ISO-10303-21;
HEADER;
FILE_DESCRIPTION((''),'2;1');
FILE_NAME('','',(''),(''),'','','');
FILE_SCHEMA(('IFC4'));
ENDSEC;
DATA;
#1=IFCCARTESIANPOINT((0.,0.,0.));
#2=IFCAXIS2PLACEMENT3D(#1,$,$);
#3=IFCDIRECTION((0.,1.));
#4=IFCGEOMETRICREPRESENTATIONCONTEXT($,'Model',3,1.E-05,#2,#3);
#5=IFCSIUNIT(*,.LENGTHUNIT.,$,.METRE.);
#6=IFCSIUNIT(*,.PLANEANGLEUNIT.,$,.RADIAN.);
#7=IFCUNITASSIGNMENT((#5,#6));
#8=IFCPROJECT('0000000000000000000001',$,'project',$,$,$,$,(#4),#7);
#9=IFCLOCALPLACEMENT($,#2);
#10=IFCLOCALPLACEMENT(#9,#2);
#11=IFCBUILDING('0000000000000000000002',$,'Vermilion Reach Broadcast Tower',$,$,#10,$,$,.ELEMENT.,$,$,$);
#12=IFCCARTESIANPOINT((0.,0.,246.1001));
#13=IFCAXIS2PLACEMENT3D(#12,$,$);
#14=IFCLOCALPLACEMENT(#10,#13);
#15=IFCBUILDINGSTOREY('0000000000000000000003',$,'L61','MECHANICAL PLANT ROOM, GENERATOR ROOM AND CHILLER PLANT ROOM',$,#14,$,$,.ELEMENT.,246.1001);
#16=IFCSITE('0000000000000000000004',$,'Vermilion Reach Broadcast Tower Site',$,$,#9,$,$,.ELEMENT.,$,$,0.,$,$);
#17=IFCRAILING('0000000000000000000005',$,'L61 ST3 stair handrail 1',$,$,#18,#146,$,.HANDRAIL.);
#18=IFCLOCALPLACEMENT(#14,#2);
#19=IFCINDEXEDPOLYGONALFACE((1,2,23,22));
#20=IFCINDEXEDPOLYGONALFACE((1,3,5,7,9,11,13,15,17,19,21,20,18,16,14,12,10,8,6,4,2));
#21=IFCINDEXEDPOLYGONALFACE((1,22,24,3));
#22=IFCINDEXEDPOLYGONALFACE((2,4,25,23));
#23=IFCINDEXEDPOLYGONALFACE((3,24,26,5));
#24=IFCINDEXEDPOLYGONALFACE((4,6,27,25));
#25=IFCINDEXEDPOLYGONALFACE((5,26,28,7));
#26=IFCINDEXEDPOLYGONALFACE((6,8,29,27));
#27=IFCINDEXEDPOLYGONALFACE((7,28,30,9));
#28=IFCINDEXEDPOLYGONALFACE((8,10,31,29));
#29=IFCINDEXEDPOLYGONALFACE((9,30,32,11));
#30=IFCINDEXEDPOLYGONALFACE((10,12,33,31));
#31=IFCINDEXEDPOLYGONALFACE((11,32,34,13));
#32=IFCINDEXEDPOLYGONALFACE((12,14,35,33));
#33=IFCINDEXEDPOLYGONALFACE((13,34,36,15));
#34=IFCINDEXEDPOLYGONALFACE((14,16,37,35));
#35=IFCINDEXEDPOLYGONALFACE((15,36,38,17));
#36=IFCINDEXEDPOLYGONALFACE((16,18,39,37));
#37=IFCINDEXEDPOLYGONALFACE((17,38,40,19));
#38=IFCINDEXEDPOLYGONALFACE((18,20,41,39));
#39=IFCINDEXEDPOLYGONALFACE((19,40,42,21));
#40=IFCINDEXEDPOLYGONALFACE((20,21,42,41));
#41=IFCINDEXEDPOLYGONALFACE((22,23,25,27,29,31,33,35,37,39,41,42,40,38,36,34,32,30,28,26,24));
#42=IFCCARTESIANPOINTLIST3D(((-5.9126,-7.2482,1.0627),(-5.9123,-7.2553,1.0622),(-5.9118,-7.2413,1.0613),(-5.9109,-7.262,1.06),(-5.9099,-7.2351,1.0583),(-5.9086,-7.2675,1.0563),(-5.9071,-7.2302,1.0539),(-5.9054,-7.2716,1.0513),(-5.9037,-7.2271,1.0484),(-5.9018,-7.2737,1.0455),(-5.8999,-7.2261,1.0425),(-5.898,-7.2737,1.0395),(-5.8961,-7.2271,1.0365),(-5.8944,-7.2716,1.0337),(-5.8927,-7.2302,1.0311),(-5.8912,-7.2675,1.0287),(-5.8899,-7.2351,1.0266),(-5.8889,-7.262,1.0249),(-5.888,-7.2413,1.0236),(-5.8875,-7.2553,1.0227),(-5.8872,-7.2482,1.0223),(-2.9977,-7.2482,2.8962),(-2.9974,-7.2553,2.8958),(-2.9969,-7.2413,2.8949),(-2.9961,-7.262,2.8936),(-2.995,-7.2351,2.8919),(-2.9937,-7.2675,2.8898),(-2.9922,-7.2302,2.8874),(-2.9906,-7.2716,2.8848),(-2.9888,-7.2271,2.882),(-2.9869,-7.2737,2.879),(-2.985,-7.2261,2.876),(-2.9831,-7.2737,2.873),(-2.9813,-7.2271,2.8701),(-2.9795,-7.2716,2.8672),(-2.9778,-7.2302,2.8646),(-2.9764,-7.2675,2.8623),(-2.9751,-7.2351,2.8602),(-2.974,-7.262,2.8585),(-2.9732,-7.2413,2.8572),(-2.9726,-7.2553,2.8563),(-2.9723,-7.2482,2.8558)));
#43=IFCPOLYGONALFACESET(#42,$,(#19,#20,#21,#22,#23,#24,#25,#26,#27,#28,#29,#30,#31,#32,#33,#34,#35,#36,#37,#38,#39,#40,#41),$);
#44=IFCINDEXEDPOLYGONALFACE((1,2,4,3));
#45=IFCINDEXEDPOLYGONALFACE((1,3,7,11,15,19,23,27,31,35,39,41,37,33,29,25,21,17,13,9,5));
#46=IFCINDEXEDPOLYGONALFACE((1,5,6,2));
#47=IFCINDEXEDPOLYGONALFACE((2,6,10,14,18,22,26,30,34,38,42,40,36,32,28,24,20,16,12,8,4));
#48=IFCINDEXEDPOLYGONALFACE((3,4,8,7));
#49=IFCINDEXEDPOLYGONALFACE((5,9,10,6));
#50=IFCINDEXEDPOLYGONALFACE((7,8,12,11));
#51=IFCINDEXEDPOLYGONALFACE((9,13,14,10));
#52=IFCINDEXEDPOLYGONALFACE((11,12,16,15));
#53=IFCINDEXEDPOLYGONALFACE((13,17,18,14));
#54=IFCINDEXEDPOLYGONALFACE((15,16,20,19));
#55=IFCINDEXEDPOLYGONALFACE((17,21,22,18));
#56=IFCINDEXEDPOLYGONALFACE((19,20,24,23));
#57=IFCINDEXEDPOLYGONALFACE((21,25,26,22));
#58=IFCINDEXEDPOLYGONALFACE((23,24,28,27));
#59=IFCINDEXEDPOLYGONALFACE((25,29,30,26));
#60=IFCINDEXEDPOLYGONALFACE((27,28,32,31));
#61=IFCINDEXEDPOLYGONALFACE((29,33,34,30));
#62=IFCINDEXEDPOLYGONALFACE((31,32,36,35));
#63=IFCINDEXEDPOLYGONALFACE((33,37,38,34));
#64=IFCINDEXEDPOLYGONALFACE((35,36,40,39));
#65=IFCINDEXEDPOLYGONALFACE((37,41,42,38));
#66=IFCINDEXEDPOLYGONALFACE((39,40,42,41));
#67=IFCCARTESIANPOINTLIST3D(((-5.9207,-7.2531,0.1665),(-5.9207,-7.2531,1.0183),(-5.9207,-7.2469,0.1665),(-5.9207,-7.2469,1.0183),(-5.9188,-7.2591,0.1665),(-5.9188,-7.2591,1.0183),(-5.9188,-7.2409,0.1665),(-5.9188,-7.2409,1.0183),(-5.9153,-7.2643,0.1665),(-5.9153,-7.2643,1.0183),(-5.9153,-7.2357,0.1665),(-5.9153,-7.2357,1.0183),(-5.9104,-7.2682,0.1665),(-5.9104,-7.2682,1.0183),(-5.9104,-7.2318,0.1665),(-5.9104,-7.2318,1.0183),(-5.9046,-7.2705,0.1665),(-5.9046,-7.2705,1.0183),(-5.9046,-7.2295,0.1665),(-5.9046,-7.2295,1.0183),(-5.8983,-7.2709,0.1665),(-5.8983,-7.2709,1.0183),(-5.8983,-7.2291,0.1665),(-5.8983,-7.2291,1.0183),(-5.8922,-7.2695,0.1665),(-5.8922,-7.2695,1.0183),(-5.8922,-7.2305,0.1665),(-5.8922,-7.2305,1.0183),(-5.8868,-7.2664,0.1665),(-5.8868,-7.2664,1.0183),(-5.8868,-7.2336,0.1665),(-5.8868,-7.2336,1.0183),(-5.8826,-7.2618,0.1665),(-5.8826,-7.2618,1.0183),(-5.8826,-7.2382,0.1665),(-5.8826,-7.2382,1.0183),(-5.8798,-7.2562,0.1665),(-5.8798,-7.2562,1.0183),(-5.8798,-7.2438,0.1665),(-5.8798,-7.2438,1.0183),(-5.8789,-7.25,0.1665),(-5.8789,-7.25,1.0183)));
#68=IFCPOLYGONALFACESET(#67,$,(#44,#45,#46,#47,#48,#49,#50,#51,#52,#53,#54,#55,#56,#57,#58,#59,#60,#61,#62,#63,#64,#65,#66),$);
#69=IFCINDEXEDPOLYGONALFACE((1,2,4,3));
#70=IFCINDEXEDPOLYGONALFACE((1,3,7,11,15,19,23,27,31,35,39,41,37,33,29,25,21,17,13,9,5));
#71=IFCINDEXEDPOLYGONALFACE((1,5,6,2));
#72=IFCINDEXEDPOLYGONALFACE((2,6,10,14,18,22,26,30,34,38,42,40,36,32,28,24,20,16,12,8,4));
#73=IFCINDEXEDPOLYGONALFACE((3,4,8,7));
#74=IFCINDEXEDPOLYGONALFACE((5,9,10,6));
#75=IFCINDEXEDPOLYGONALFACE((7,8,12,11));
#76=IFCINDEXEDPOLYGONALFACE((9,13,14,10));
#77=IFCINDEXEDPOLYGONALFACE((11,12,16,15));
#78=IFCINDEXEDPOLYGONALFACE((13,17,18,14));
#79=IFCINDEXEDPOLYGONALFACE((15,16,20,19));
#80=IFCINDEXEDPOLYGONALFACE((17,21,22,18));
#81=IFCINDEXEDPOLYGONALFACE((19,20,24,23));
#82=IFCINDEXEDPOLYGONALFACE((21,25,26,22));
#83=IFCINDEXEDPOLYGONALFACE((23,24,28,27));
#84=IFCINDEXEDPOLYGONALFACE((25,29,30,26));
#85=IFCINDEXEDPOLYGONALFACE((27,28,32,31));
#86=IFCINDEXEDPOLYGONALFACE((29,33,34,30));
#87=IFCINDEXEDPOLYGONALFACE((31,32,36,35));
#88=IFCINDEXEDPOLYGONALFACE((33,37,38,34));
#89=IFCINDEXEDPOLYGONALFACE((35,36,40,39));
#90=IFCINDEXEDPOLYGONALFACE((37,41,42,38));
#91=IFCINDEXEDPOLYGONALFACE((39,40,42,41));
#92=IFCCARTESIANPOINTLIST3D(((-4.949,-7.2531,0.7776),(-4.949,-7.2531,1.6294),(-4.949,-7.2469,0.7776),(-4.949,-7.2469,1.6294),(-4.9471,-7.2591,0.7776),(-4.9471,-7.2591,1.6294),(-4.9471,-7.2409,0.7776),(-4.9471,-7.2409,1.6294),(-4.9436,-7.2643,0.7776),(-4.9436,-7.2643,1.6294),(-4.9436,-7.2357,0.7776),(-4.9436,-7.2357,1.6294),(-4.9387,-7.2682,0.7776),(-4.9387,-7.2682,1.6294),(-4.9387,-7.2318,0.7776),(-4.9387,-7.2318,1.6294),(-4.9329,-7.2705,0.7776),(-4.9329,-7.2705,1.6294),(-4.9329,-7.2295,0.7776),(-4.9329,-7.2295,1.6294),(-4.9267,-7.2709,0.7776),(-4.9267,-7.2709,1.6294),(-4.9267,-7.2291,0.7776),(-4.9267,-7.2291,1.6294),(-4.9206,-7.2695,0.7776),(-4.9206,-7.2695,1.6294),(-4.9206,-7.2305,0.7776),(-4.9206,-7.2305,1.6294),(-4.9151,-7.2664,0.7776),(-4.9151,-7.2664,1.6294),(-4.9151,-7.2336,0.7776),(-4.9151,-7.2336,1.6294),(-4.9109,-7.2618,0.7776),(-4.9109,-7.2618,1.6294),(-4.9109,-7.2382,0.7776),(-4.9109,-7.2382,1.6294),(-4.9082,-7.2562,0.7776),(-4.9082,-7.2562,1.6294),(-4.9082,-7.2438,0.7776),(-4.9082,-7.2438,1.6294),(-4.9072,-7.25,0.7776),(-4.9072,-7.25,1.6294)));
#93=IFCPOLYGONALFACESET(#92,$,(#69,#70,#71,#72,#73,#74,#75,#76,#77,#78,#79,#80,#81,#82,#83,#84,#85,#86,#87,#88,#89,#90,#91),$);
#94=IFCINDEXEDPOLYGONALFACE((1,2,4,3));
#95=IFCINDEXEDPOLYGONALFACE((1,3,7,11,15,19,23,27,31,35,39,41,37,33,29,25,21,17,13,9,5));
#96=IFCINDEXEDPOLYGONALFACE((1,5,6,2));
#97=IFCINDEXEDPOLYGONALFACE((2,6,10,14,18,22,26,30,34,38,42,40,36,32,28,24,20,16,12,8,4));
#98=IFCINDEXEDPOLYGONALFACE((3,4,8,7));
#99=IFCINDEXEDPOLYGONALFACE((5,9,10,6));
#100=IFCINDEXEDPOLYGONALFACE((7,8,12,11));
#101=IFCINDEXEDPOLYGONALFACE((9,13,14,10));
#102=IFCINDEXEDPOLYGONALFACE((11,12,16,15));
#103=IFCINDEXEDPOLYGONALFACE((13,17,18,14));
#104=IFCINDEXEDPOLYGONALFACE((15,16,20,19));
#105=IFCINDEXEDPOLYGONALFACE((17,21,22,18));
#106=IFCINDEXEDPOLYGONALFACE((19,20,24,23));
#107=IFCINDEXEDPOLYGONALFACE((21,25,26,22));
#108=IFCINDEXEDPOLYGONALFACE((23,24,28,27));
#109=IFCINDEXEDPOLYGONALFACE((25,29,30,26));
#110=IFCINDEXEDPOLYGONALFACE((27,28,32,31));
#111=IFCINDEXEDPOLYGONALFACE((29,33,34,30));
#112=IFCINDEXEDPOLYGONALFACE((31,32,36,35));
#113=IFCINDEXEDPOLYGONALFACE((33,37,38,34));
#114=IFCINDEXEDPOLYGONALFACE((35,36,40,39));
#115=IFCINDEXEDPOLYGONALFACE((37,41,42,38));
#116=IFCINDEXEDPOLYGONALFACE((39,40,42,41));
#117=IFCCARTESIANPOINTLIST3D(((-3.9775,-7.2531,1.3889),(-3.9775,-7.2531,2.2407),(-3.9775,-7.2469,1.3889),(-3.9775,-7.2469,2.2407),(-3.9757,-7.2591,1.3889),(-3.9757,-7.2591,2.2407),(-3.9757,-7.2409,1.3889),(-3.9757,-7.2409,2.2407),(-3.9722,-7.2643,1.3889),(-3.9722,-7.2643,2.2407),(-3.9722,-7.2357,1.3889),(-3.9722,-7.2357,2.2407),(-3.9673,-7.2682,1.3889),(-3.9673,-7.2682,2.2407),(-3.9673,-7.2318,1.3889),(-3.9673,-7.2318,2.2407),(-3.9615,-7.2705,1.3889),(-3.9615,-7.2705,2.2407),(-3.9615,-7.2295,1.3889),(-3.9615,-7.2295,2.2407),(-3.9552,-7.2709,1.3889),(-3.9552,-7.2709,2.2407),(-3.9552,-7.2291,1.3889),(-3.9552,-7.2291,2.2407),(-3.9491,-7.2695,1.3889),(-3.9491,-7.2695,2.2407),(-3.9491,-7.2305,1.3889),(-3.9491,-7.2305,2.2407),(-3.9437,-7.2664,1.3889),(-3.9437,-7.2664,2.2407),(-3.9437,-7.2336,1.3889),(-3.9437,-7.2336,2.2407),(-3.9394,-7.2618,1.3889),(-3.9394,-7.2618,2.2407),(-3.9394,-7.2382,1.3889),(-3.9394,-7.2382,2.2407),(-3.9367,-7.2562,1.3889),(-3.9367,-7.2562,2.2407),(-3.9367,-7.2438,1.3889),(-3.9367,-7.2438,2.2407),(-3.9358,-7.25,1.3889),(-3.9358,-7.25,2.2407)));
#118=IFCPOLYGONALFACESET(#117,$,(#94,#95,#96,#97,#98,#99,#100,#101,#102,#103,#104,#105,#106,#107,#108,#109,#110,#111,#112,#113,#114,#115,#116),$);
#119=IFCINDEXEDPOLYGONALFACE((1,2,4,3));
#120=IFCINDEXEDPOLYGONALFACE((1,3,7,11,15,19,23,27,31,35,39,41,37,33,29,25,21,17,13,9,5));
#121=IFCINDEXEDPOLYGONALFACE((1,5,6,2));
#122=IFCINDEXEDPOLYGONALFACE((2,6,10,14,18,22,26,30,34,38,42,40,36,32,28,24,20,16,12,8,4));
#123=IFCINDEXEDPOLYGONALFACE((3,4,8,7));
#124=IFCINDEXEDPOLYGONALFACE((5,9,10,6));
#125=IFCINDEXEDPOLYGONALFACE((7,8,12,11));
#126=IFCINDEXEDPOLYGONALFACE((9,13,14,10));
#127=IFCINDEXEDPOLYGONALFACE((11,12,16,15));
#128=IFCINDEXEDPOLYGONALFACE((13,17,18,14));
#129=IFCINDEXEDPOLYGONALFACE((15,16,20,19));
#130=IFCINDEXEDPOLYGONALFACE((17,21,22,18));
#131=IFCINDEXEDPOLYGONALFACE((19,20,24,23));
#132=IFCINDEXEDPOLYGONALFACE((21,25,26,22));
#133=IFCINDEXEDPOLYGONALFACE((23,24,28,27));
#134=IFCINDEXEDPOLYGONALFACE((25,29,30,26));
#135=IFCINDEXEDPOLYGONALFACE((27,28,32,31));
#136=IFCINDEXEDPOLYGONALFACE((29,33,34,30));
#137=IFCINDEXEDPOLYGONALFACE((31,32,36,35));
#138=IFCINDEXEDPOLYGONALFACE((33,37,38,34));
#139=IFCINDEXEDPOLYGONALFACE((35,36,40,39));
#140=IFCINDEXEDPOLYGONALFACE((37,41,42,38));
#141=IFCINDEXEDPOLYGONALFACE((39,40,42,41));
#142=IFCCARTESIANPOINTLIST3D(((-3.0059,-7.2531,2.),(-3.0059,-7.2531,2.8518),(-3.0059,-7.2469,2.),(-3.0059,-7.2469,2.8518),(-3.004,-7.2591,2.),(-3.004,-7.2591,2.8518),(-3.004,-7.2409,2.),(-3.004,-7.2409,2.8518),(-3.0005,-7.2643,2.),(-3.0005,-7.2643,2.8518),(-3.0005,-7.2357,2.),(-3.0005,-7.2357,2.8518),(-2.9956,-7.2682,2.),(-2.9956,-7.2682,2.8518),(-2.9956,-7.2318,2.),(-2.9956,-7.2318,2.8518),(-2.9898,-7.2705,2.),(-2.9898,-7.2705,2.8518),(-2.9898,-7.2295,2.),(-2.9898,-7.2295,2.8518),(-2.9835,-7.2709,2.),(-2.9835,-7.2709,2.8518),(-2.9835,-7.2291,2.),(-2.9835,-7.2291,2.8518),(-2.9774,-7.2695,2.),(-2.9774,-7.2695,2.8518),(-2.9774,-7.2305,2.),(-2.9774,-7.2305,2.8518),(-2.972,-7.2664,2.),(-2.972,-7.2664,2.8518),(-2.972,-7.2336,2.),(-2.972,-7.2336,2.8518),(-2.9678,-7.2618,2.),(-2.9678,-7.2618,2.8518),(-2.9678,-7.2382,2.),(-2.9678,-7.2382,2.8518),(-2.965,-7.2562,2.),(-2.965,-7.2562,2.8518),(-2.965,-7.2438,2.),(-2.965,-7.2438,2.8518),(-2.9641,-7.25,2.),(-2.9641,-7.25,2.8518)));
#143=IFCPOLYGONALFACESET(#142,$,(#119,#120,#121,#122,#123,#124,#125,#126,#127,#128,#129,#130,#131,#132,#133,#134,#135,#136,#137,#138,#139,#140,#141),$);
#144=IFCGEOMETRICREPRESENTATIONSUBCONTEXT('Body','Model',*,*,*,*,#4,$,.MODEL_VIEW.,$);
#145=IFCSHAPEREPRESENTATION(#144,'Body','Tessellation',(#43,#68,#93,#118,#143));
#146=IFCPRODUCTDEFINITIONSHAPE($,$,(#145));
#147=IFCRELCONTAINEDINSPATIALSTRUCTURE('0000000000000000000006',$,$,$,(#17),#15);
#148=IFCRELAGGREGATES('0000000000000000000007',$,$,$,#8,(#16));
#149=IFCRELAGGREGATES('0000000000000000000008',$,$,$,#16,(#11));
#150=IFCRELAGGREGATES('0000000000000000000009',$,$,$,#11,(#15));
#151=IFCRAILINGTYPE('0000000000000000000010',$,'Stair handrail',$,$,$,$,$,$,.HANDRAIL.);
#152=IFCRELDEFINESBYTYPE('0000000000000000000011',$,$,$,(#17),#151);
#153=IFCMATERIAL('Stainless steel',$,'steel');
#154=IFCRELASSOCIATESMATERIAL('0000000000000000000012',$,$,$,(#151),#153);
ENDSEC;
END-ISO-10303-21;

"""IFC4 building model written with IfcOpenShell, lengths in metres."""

from ifc_helpers import new_model, si_unit, direction, frame, origin, origin_2d, place, context, subcontext, project, spatial, circle, extrude, material, type_object, element, save


model = new_model("IFC4")

# Units and contexts
model_context = context("Model", 3, precision=1e-05, world=origin(), true_north=direction((0.0, 1.0)))
body_context = subcontext(model_context, "Body", "Model", "MODEL_VIEW")
ifc_project = project(units=[si_unit("LENGTHUNIT", "METRE"), si_unit("PLANEANGLEUNIT", "RADIAN")], contexts=[model_context])

# Site, building, storey
site_placement = place(None, origin())
site = spatial("IfcSite", under=ifc_project, at=site_placement, Name="Vermilion Reach Broadcast Tower Site", CompositionType="ELEMENT", RefElevation=0.0)
building_placement = place(site_placement, origin())
building = spatial("IfcBuilding", under=site, at=building_placement, Name="Vermilion Reach Broadcast Tower", CompositionType="ELEMENT")
storey_placement = place(building_placement, frame((0.0, 0.0, 246.1001)))
storey = spatial("IfcBuildingStorey", under=building, at=storey_placement, Name="L61", Description="MECHANICAL PLANT ROOM, GENERATOR ROOM AND CHILLER PLANT ROOM", CompositionType="ELEMENT", Elevation=246.1001)

# Railing
ifc_material_1 = material(Name="Stainless steel", Category="steel")
railing_type_1 = type_object("IfcRailingType", Name="Stair handrail", PredefinedType="HANDRAIL", material=ifc_material_1)
for number, where, name in (
    (1, (-5.8999, -7.25, 0.1665), "L61 ST3 stair handrail 1"),
):
    element("IfcRailing", number, at=place(storey_placement, frame(where)), inside=storey, type_object=railing_type_1, Name=name, PredefinedType="HANDRAIL", context=body_context, shape_type="SweptSolid", body=[
        extrude(circle(Radius=0.0239, at=origin_2d()), frame((0.0, 0.0, 0.876), z_axis=(0.846461, 0.0, 0.53245), x_axis=(0.0, 1.0, 0.0)), (0.0, 0.0, 1.0), 3.4436),
        extrude(circle(Radius=0.021, at=origin_2d()), origin(), (0.0, 0.0, 1.0), 0.8518),
        extrude(circle(Radius=0.021, at=origin_2d()), frame((0.9717, 0.0, 0.6111)), (0.0, 0.0, 1.0), 0.8518),
        extrude(circle(Radius=0.021, at=origin_2d()), frame((1.9431, 0.0, 1.2224)), (0.0, 0.0, 1.0), 0.8518),
        extrude(circle(Radius=0.021, at=origin_2d()), frame((2.9148, 0.0, 1.8335)), (0.0, 0.0, 1.0), 0.8518),
    ])

save(model, "model.ifc")
